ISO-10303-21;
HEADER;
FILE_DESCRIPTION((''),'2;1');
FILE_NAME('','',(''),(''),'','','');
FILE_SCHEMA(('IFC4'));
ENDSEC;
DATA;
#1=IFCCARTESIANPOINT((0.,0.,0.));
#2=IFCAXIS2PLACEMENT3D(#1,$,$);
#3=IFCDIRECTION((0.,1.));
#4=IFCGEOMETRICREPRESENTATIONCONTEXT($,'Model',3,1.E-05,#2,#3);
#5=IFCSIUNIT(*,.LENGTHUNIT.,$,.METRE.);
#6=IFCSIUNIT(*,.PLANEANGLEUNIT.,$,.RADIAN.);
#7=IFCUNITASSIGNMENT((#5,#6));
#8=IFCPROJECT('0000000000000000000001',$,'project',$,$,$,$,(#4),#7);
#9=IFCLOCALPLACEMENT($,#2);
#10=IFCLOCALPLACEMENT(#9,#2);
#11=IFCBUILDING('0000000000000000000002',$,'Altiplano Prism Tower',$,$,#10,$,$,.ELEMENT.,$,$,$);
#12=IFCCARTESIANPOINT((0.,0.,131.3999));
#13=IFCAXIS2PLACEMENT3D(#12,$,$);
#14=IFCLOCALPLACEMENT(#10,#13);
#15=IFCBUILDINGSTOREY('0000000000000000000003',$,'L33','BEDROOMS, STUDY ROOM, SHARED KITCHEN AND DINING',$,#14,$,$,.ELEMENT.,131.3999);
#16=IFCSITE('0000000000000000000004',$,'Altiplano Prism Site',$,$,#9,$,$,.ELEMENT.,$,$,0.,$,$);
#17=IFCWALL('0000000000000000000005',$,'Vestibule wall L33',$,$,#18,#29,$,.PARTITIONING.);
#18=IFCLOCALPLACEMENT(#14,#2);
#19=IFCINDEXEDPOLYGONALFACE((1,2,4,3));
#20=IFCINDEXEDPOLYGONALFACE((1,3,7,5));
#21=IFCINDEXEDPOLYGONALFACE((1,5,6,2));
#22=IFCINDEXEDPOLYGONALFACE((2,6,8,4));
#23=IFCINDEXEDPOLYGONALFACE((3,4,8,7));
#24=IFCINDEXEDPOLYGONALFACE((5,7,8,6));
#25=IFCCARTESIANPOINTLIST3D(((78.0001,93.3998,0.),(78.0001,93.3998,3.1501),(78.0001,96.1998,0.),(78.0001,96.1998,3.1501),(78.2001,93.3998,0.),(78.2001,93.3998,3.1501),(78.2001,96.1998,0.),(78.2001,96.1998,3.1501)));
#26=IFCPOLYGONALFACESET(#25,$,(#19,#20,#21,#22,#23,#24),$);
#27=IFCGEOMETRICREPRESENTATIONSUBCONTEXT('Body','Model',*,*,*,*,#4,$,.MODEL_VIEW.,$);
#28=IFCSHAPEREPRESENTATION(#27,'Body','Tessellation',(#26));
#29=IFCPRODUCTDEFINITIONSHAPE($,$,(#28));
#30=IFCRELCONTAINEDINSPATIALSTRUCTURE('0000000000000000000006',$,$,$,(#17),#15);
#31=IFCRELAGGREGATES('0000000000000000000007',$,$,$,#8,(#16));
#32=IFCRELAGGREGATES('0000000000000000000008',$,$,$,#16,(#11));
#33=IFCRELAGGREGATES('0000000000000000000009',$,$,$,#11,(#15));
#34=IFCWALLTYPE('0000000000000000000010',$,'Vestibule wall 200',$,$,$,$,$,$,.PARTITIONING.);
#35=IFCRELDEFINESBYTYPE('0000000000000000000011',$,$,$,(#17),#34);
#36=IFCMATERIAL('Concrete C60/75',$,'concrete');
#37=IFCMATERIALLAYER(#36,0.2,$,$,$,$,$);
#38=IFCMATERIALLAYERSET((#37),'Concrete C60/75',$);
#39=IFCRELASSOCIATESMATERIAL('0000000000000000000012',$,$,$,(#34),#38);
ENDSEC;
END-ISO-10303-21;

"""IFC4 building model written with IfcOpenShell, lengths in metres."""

from ifc_helpers import new_model, si_unit, direction, frame, frame_2d, origin, place, context, subcontext, project, spatial, rectangle, extrude, material, layer, layer_set, type_object, element, save


model = new_model("IFC4")

# Units and contexts
model_context = context("Model", 3, precision=1e-05, world=origin(), true_north=direction((0.0, 1.0)))
body_context = subcontext(model_context, "Body", "Model", "MODEL_VIEW")
ifc_project = project(units=[si_unit("LENGTHUNIT", "METRE"), si_unit("PLANEANGLEUNIT", "RADIAN")], contexts=[model_context])

# Site, building, storey
site_placement = place(None, origin())
site = spatial("IfcSite", under=ifc_project, at=site_placement, Name="Altiplano Prism Site", CompositionType="ELEMENT", RefElevation=0.0)
building_placement = place(site_placement, origin())
building = spatial("IfcBuilding", under=site, at=building_placement, Name="Altiplano Prism Tower", CompositionType="ELEMENT")
storey_placement = place(building_placement, frame((0.0, 0.0, 131.3999)))
storey = spatial("IfcBuildingStorey", under=building, at=storey_placement, Name="L33", Description="BEDROOMS, STUDY ROOM, SHARED KITCHEN AND DINING", CompositionType="ELEMENT", Elevation=131.3999)

# Shared definitions
ifc_material_1 = material(Name="Concrete C60/75", Category="concrete")

# Wall
ifc_layer_1 = layer(ifc_material_1, 0.2)
ifc_layer_set_1 = layer_set([ifc_layer_1], Name="Concrete C60/75")
wall_type_1 = type_object("IfcWallType", Name="Vestibule wall 200", PredefinedType="PARTITIONING", material=ifc_layer_set_1)
wall_1_placement = place(storey_placement, frame((78.1001, 93.3999, 0.0), z_axis=(0.0, 0.0, 1.0), x_axis=(0.0, 1.0, 0.0)))
element("IfcWall", 1, at=wall_1_placement, inside=storey, type_object=wall_type_1, Name="Vestibule wall L33", PredefinedType="PARTITIONING", context=body_context, shape_type="SweptSolid", body=[
    extrude(rectangle(XDim=2.8, YDim=0.2, at=frame_2d((1.3999, 0.0))), origin(), (0.0, 0.0, 1.0), 3.1501),
])

save(model, "model.ifc")
